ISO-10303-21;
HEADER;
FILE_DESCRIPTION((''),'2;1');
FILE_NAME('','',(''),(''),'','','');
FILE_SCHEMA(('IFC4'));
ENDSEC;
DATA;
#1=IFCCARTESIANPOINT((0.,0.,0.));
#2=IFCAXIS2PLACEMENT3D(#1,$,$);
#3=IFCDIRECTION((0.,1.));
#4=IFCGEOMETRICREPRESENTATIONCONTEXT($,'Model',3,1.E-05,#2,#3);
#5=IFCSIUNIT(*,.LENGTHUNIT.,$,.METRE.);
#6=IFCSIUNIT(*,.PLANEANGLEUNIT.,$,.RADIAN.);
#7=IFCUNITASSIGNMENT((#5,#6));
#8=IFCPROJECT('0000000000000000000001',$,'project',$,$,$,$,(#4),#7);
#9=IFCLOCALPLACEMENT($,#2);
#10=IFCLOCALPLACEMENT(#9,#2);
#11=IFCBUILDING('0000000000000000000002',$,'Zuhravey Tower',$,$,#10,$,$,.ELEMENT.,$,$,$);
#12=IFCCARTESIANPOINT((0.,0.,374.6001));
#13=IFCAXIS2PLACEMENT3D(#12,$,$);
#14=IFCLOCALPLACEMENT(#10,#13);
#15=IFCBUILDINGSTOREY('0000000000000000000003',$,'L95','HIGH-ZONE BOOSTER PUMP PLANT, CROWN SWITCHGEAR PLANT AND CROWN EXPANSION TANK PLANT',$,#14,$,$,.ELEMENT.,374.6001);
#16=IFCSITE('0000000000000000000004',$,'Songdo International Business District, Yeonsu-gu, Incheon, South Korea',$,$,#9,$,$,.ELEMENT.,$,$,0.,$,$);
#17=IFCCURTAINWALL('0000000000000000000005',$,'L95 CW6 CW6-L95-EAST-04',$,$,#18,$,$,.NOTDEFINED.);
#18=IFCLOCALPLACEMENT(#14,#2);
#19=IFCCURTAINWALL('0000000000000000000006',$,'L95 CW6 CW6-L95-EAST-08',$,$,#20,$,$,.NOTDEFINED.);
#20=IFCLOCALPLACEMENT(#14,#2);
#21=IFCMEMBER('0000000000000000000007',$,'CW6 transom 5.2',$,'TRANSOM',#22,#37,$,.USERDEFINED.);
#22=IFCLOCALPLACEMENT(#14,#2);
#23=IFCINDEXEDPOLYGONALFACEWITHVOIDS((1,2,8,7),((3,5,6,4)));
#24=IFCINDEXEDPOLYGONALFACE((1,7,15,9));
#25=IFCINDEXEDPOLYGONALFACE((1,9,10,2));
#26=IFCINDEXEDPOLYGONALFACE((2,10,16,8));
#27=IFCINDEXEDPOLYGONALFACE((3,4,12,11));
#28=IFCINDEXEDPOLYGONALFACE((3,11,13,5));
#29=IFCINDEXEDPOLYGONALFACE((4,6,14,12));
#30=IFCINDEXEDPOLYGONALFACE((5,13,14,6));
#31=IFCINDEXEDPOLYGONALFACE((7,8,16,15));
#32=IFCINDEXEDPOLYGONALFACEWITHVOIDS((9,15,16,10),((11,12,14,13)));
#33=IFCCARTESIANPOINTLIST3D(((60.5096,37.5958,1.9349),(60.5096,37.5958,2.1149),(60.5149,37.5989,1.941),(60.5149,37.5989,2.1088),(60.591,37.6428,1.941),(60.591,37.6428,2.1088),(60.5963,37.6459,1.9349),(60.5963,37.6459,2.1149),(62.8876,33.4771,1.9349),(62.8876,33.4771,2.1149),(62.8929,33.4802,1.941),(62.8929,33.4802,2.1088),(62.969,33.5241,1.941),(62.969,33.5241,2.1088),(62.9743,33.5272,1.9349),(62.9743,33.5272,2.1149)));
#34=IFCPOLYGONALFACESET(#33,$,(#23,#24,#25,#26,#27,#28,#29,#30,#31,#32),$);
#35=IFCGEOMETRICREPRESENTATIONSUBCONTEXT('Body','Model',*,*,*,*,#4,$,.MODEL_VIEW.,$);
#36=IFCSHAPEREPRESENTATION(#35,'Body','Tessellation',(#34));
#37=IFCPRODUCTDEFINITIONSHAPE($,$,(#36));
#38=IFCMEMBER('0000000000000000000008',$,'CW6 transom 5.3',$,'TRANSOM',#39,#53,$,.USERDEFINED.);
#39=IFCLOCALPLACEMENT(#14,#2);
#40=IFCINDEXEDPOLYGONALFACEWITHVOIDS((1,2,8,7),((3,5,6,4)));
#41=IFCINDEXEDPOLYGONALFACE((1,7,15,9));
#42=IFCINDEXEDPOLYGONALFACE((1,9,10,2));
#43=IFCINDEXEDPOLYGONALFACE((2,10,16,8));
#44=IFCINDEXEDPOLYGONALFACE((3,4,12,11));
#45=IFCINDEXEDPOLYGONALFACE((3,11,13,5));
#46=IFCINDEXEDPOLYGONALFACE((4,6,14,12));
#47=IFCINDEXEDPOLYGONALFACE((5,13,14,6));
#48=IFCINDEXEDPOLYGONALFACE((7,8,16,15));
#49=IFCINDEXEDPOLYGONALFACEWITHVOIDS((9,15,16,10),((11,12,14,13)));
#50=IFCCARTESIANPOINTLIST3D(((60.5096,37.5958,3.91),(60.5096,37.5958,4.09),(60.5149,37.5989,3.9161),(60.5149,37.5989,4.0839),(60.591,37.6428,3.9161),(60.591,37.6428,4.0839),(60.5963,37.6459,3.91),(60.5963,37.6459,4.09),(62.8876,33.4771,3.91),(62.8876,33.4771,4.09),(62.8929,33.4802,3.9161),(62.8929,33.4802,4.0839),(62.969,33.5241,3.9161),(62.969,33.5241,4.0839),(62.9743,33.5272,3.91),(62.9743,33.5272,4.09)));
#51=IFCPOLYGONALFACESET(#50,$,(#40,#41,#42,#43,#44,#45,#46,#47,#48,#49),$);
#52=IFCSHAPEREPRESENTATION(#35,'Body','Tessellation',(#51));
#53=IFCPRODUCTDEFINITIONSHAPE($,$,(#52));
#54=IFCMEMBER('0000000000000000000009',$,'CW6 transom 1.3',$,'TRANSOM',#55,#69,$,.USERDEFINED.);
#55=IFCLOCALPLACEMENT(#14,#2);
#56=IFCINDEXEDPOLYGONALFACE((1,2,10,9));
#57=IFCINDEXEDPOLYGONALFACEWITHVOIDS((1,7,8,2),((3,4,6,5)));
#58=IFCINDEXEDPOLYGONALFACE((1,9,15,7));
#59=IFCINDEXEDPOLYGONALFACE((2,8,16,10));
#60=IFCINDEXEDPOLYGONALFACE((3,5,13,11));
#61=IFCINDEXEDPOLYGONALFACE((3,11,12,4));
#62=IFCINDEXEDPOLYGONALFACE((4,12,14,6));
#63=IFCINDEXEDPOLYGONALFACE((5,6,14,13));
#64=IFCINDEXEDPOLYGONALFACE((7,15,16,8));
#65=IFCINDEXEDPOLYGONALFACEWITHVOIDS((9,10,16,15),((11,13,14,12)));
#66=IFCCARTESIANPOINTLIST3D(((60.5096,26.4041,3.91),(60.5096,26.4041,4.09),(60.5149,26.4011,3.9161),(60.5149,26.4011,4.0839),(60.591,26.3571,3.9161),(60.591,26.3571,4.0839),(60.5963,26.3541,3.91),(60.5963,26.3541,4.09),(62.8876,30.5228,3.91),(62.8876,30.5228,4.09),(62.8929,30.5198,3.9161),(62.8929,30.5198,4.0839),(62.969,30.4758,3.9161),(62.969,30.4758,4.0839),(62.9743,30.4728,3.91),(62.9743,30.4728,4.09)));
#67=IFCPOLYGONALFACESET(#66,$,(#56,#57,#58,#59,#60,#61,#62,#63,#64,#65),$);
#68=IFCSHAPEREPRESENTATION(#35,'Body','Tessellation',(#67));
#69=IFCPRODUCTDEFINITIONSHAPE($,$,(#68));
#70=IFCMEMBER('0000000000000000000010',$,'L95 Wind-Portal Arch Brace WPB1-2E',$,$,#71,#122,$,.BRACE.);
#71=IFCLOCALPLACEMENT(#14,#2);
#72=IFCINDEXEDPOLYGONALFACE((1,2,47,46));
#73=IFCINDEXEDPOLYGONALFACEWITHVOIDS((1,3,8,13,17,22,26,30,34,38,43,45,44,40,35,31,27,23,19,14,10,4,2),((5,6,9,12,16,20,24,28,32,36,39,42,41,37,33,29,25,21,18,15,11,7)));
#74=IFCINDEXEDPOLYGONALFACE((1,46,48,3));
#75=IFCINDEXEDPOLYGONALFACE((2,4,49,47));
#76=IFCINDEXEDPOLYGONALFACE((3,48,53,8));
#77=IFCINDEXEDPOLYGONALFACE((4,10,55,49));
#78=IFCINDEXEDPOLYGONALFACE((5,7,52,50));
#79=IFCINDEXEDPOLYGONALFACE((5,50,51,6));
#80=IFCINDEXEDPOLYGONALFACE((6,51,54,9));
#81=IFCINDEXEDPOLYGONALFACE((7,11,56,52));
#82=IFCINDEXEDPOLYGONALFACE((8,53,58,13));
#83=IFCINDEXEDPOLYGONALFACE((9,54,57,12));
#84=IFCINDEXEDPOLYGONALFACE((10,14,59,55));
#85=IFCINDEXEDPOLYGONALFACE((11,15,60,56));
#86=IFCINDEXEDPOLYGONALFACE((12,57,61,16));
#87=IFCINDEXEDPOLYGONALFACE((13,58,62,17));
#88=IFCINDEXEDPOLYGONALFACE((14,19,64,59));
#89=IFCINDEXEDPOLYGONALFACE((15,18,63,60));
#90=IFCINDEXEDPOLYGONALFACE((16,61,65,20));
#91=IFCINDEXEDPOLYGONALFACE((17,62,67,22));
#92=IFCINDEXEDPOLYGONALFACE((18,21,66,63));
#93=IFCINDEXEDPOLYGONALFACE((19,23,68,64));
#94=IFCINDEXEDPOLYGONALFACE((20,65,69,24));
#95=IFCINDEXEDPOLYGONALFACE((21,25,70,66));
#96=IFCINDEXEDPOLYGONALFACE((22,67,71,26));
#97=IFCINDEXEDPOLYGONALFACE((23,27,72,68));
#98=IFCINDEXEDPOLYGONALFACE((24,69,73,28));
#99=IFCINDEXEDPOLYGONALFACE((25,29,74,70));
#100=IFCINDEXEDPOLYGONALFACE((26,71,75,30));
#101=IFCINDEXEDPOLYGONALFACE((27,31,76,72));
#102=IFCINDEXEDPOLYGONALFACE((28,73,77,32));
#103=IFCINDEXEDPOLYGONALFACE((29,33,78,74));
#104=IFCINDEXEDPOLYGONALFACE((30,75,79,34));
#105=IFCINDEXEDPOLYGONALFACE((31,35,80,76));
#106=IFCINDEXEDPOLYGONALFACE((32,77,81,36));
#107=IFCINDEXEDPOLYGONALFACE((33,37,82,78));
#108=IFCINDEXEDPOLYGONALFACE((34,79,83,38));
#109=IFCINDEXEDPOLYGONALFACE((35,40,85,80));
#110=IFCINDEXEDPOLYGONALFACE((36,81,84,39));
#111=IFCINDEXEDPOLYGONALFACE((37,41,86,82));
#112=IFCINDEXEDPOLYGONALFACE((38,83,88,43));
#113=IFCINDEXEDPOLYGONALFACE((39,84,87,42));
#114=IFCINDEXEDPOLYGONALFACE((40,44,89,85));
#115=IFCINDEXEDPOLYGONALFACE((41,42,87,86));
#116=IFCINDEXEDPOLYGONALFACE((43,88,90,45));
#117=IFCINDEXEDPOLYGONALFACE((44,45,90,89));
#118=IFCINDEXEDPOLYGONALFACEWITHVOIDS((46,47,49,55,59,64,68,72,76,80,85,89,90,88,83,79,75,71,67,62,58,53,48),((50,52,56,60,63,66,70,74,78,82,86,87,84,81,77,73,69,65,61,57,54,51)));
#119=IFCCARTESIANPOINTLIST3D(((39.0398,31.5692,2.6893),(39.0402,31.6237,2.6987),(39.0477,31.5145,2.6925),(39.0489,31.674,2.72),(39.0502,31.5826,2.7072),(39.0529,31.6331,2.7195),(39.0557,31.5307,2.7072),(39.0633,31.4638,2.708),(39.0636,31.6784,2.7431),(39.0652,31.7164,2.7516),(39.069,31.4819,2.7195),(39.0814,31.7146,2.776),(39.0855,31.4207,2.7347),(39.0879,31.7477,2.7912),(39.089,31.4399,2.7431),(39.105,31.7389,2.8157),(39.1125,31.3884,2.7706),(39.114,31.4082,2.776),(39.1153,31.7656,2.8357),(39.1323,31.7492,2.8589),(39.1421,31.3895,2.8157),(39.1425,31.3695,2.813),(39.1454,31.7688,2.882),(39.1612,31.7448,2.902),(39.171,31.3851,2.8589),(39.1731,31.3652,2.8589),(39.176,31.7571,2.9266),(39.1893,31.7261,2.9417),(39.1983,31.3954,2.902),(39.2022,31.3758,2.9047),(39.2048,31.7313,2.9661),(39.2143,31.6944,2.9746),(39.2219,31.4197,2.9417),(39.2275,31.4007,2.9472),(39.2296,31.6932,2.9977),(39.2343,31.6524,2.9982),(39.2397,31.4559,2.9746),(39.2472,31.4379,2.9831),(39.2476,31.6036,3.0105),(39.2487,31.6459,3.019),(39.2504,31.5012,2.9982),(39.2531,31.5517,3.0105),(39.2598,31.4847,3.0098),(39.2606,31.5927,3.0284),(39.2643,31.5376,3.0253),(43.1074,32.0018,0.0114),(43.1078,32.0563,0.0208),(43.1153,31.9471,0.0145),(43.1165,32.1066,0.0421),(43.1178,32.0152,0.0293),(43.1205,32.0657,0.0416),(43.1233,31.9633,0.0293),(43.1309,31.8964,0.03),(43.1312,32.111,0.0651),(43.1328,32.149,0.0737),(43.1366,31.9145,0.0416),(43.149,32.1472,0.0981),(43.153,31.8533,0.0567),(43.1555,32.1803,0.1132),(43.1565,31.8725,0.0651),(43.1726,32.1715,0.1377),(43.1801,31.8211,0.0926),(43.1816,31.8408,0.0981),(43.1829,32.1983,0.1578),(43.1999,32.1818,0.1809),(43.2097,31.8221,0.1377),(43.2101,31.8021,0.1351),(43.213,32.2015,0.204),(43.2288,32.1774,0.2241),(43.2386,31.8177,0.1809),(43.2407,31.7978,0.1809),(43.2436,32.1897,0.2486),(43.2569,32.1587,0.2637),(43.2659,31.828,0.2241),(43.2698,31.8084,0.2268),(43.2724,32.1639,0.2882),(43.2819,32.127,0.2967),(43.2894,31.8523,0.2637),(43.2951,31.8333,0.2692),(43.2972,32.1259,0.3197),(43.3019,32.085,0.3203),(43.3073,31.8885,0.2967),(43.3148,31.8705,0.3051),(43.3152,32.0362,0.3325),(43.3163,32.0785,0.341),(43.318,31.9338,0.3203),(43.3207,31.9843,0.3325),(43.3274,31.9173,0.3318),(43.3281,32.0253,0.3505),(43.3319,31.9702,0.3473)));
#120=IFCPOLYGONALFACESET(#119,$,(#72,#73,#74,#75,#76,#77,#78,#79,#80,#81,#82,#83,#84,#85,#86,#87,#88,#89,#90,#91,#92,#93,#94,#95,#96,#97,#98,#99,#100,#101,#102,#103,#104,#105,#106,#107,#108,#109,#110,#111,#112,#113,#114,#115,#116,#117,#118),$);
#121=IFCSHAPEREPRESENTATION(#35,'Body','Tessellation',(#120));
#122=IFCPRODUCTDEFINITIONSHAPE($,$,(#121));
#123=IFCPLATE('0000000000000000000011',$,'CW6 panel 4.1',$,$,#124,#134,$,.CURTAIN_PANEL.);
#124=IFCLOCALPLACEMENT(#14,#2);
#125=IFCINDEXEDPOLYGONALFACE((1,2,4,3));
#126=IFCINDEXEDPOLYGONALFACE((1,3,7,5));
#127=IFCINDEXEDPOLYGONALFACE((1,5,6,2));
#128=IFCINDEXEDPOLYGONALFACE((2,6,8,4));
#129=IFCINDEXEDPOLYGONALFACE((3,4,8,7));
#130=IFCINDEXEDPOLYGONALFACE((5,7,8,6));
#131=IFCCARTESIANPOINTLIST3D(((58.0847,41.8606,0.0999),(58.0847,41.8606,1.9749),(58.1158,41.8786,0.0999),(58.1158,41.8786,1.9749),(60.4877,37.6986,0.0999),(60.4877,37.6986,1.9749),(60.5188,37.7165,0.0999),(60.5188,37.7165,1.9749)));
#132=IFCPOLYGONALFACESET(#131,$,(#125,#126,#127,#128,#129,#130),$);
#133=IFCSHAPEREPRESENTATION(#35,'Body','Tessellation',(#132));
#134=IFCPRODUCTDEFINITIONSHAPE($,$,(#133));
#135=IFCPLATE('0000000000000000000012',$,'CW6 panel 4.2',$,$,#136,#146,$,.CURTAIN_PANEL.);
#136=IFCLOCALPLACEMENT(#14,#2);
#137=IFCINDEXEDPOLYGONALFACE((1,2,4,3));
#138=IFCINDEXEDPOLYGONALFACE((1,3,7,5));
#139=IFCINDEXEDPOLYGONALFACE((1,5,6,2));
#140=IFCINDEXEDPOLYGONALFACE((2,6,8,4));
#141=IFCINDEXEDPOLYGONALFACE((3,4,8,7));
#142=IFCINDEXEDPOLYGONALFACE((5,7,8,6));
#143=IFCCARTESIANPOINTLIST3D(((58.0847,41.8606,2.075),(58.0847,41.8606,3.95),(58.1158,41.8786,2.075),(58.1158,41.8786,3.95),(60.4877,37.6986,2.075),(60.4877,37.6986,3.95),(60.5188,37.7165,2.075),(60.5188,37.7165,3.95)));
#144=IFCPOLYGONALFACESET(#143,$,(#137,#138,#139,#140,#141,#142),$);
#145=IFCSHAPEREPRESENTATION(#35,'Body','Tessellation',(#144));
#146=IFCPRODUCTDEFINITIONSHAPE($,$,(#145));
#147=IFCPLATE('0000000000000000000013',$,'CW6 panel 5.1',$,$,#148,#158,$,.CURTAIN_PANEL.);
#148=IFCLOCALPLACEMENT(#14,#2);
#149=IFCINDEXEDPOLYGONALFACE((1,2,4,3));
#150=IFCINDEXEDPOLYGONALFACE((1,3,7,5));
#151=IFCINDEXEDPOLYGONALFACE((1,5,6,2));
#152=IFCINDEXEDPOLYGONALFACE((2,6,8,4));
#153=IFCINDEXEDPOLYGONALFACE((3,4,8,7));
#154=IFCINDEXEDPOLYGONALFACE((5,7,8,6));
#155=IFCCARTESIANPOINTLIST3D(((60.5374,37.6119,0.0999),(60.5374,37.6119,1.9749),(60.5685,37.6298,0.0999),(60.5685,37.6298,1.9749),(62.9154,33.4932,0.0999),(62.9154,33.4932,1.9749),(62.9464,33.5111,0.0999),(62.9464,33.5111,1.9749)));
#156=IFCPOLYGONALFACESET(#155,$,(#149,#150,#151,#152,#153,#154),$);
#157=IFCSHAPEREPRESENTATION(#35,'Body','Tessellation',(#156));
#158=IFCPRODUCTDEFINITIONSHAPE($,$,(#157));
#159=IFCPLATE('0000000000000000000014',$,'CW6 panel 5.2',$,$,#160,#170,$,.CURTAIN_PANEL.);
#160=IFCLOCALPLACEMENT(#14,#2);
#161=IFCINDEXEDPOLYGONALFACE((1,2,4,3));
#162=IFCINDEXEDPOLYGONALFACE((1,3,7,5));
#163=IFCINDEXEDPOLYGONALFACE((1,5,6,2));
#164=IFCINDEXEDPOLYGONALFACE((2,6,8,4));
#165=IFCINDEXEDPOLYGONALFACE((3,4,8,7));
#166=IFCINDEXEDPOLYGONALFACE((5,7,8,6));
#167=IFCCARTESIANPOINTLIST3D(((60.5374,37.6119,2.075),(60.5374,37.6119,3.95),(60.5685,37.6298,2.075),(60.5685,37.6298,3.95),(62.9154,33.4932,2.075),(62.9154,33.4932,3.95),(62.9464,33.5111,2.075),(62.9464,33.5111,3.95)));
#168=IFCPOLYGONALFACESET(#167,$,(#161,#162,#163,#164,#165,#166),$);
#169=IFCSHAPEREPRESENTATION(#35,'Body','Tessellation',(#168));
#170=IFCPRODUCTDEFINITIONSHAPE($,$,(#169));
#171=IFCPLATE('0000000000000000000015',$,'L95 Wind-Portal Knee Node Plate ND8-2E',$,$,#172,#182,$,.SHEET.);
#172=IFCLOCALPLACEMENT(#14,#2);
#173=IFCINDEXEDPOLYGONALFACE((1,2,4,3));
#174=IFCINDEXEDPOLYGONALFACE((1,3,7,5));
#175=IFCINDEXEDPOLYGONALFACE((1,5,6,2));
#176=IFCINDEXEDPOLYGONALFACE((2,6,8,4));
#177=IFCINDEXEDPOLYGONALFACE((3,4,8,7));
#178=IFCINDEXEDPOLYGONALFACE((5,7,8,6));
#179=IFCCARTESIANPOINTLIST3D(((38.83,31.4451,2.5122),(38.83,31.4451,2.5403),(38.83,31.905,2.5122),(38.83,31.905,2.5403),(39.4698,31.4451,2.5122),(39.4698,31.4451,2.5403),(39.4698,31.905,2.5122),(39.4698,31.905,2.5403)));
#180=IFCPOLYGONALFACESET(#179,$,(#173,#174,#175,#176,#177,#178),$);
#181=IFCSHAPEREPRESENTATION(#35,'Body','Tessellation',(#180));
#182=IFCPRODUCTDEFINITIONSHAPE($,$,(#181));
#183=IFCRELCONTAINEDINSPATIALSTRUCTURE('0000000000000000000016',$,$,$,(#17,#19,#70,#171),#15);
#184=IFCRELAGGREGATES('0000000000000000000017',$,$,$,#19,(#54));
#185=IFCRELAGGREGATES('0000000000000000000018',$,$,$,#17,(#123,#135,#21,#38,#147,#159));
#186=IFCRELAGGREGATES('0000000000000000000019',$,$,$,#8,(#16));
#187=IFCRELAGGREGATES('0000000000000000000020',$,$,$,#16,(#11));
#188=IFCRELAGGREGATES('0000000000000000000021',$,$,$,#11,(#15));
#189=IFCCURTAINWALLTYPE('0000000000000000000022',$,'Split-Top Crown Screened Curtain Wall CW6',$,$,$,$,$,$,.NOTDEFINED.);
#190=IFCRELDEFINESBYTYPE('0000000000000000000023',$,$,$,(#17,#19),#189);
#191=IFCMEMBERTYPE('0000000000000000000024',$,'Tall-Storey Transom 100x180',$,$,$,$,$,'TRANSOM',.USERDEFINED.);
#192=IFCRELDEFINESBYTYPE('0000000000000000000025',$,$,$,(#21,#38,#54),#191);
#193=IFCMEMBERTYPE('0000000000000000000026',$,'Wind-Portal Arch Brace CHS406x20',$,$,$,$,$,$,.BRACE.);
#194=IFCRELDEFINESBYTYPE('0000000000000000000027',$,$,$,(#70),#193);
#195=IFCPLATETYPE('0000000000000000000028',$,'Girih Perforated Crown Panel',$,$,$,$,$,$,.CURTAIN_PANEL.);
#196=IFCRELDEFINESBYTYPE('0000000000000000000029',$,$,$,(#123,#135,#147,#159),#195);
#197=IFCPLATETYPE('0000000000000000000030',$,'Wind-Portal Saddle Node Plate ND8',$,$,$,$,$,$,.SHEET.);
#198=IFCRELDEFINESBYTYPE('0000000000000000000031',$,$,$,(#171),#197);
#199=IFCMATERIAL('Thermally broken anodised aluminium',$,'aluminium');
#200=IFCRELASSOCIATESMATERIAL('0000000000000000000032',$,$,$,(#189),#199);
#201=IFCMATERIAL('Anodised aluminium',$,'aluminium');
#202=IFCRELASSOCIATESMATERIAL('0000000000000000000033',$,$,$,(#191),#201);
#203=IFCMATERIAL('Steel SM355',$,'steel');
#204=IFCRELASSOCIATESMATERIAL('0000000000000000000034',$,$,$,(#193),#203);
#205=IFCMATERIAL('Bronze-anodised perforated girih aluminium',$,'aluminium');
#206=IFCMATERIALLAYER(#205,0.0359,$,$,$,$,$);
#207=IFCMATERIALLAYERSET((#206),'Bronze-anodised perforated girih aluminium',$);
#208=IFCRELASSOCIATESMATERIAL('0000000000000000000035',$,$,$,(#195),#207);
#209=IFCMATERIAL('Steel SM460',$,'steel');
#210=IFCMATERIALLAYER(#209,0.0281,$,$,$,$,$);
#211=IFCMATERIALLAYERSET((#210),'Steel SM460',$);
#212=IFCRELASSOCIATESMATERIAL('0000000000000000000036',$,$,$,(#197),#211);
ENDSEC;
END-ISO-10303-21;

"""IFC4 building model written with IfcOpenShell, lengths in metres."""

from ifc_helpers import new_model, si_unit, direction, frame, origin, origin_2d, place, context, subcontext, project, spatial, rectangle, hollow_rectangle, hollow_circle, extrude, material, layer, layer_set, material_profile, profile_set, type_object, element, aggregate, save


model = new_model("IFC4")

# Units and contexts
model_context = context("Model", 3, precision=1e-05, world=origin(), true_north=direction((0.0, 1.0)))
body_context = subcontext(model_context, "Body", "Model", "MODEL_VIEW")
ifc_project = project(units=[si_unit("LENGTHUNIT", "METRE"), si_unit("PLANEANGLEUNIT", "RADIAN")], contexts=[model_context])

# Site, building, storey
site_placement = place(None, origin())
site = spatial("IfcSite", under=ifc_project, at=site_placement, Name="Songdo International Business District, Yeonsu-gu, Incheon, South Korea", CompositionType="ELEMENT", RefElevation=0.0)
building_placement = place(site_placement, origin())
building = spatial("IfcBuilding", under=site, at=building_placement, Name="Zuhravey Tower", CompositionType="ELEMENT")
storey_placement = place(building_placement, frame((0.0, 0.0, 374.6001)))
storey = spatial("IfcBuildingStorey", under=building, at=storey_placement, Name="L95", Description="HIGH-ZONE BOOSTER PUMP PLANT, CROWN SWITCHGEAR PLANT AND CROWN EXPANSION TANK PLANT", CompositionType="ELEMENT", Elevation=374.6001)

# Shared definitions
ifc_material_1 = material(Name="Steel SM355", Category="steel")

# Curtain wall
ifc_material_2 = material(Name="Thermally broken anodised aluminium", Category="aluminium")
curtain_wall_type = type_object("IfcCurtainWallType", Name="Split-Top Crown Screened Curtain Wall CW6", PredefinedType="NOTDEFINED", material=ifc_material_2)
curtain_wall_1_placement = place(storey_placement, origin())
curtain_wall_1 = element("IfcCurtainWall", 1, at=curtain_wall_1_placement, inside=storey, type_object=curtain_wall_type, Name="L95 CW6 CW6-L95-EAST-04", PredefinedType="NOTDEFINED")
ifc_material_3 = material(Name="Anodised aluminium", Category="aluminium")

# Curtain wall
curtain_wall_2_placement = place(storey_placement, origin())
curtain_wall_2 = element("IfcCurtainWall", 2, at=curtain_wall_2_placement, inside=storey, type_object=curtain_wall_type, Name="L95 CW6 CW6-L95-EAST-08", PredefinedType="NOTDEFINED")

# Members
ifc_material_profile_1 = material_profile(ifc_material_3, hollow_rectangle(XDim=0.1001, YDim=0.1799, WallThickness=0.0061, at=origin_2d()), Name="ALU-RHS-100x180x6")
ifc_profile_set_1 = profile_set([ifc_material_profile_1], Name="Anodised aluminium")
member_type_1 = type_object("IfcMemberType", Name="Tall-Storey Transom 100x180", ElementType="TRANSOM", PredefinedType="USERDEFINED", material=ifc_profile_set_1)
member_1_placement = place(storey_placement, frame((60.553, 37.6208, 2.0249), z_axis=(0.500004, -0.866023, 0.0), x_axis=(0.866023, 0.500004, 0.0)))
member_1 = element("IfcMember", 3, at=member_1_placement, type_object=member_type_1, Name="CW6 transom 5.2", ObjectType="TRANSOM", PredefinedType="USERDEFINED", context=body_context, shape_type="SweptSolid", body=[
    extrude(hollow_rectangle(XDim=0.1001, YDim=0.1799, WallThickness=0.0061, at=origin_2d()), origin(), (0.0, 0.0, 1.0), 4.7559),
])
member_2_placement = place(storey_placement, frame((60.553, 37.6208, 4.0), z_axis=(0.500004, -0.866023, 0.0), x_axis=(0.866023, 0.500004, 0.0)))
member_2 = element("IfcMember", 4, at=member_2_placement, type_object=member_type_1, Name="CW6 transom 5.3", ObjectType="TRANSOM", PredefinedType="USERDEFINED", context=body_context, shape_type="SweptSolid", body=[
    extrude(hollow_rectangle(XDim=0.1001, YDim=0.1799, WallThickness=0.0061, at=origin_2d()), origin(), (0.0, 0.0, 1.0), 4.7559),
])
member_3_placement = place(storey_placement, frame((62.9309, 30.4978, 4.0), z_axis=(-0.500004, -0.866023, 0.0), x_axis=(0.866023, -0.500004, 0.0)))
member_3 = element("IfcMember", 5, at=member_3_placement, type_object=member_type_1, Name="CW6 transom 1.3", ObjectType="TRANSOM", PredefinedType="USERDEFINED", context=body_context, shape_type="SweptSolid", body=[
    extrude(hollow_rectangle(XDim=0.1001, YDim=0.1799, WallThickness=0.0061, at=origin_2d()), origin(), (0.0, 0.0, 1.0), 4.7559),
])
aggregate(curtain_wall_2, [member_3])
ifc_material_profile_2 = material_profile(ifc_material_1, hollow_circle(Radius=0.2031, WallThickness=0.02, at=origin_2d()), Name="CHS-406.4x20")
ifc_profile_set_2 = profile_set([ifc_material_profile_2], Name="Steel SM355")
member_type_2 = type_object("IfcMemberType", Name="Wind-Portal Arch Brace CHS406x20", PredefinedType="BRACE", material=ifc_profile_set_2)
member_4_placement = place(storey_placement, frame((43.2192, 31.9998, 0.1809), z_axis=(-0.831961, -0.088484, 0.547733), x_axis=(0.10576, -0.994392, 0.0)))
element("IfcMember", 6, at=member_4_placement, inside=storey, type_object=member_type_2, Name="L95 Wind-Portal Arch Brace WPB1-2E", PredefinedType="BRACE", context=body_context, shape_type="SweptSolid", body=[
    extrude(hollow_circle(Radius=0.2031, WallThickness=0.02, at=origin_2d()), origin(), (0.0, 0.0, 1.0), 4.8892),
])

# Plates
ifc_material_4 = material(Name="Bronze-anodised perforated girih aluminium", Category="aluminium")
ifc_layer_1 = layer(ifc_material_4, 0.0359)
ifc_layer_set_1 = layer_set([ifc_layer_1], Name="Bronze-anodised perforated girih aluminium")
plate_type_1 = type_object("IfcPlateType", Name="Girih Perforated Crown Panel", PredefinedType="CURTAIN_PANEL", material=ifc_layer_set_1)
plate_1_placement = place(storey_placement, frame((59.3018, 39.7886, 0.0999), z_axis=(0.0, 0.0, 1.0), x_axis=(0.499997, -0.866027, 0.0)))
plate_1 = element("IfcPlate", 7, at=plate_1_placement, type_object=plate_type_1, Name="CW6 panel 4.1", PredefinedType="CURTAIN_PANEL", context=body_context, shape_type="SweptSolid", body=[
    extrude(rectangle(XDim=4.8059, YDim=0.0359, at=origin_2d()), origin(), (0.0, 0.0, 1.0), 1.875),
])
plate_2_placement = place(storey_placement, frame((59.3018, 39.7886, 2.075), z_axis=(0.0, 0.0, 1.0), x_axis=(0.499997, -0.866027, 0.0)))
plate_2 = element("IfcPlate", 8, at=plate_2_placement, type_object=plate_type_1, Name="CW6 panel 4.2", PredefinedType="CURTAIN_PANEL", context=body_context, shape_type="SweptSolid", body=[
    extrude(rectangle(XDim=4.8059, YDim=0.0359, at=origin_2d()), origin(), (0.0, 0.0, 1.0), 1.875),
])
plate_3_placement = place(storey_placement, frame((61.7419, 35.5615, 0.0999), z_axis=(0.0, 0.0, 1.0), x_axis=(0.499997, -0.866027, 0.0)))
plate_3 = element("IfcPlate", 9, at=plate_3_placement, type_object=plate_type_1, Name="CW6 panel 5.1", PredefinedType="CURTAIN_PANEL", context=body_context, shape_type="SweptSolid", body=[
    extrude(rectangle(XDim=4.7559, YDim=0.0359, at=origin_2d()), origin(), (0.0, 0.0, 1.0), 1.875),
])
plate_4_placement = place(storey_placement, frame((61.7419, 35.5615, 2.075), z_axis=(0.0, 0.0, 1.0), x_axis=(0.499997, -0.866027, 0.0)))
plate_4 = element("IfcPlate", 10, at=plate_4_placement, type_object=plate_type_1, Name="CW6 panel 5.2", PredefinedType="CURTAIN_PANEL", context=body_context, shape_type="SweptSolid", body=[
    extrude(rectangle(XDim=4.7559, YDim=0.0359, at=origin_2d()), origin(), (0.0, 0.0, 1.0), 1.875),
])
aggregate(curtain_wall_1, [plate_1, plate_2, member_1, member_2, plate_3, plate_4])
ifc_material_5 = material(Name="Steel SM460", Category="steel")
ifc_layer_2 = layer(ifc_material_5, 0.0281)
ifc_layer_set_2 = layer_set([ifc_layer_2], Name="Steel SM460")
plate_type_2 = type_object("IfcPlateType", Name="Wind-Portal Saddle Node Plate ND8", PredefinedType="SHEET", material=ifc_layer_set_2)
plate_5_placement = place(storey_placement, frame((39.1499, 31.675, 2.5122), z_axis=(0.0, 0.0, 1.0), x_axis=(1.0, 0.0, 0.0)))
element("IfcPlate", 11, at=plate_5_placement, inside=storey, type_object=plate_type_2, Name="L95 Wind-Portal Knee Node Plate ND8-2E", PredefinedType="SHEET", context=body_context, shape_type="SweptSolid", body=[
    extrude(rectangle(XDim=0.6399, YDim=0.46, at=origin_2d()), origin(), (0.0, 0.0, 1.0), 0.0281),
])

save(model, "model.ifc")
